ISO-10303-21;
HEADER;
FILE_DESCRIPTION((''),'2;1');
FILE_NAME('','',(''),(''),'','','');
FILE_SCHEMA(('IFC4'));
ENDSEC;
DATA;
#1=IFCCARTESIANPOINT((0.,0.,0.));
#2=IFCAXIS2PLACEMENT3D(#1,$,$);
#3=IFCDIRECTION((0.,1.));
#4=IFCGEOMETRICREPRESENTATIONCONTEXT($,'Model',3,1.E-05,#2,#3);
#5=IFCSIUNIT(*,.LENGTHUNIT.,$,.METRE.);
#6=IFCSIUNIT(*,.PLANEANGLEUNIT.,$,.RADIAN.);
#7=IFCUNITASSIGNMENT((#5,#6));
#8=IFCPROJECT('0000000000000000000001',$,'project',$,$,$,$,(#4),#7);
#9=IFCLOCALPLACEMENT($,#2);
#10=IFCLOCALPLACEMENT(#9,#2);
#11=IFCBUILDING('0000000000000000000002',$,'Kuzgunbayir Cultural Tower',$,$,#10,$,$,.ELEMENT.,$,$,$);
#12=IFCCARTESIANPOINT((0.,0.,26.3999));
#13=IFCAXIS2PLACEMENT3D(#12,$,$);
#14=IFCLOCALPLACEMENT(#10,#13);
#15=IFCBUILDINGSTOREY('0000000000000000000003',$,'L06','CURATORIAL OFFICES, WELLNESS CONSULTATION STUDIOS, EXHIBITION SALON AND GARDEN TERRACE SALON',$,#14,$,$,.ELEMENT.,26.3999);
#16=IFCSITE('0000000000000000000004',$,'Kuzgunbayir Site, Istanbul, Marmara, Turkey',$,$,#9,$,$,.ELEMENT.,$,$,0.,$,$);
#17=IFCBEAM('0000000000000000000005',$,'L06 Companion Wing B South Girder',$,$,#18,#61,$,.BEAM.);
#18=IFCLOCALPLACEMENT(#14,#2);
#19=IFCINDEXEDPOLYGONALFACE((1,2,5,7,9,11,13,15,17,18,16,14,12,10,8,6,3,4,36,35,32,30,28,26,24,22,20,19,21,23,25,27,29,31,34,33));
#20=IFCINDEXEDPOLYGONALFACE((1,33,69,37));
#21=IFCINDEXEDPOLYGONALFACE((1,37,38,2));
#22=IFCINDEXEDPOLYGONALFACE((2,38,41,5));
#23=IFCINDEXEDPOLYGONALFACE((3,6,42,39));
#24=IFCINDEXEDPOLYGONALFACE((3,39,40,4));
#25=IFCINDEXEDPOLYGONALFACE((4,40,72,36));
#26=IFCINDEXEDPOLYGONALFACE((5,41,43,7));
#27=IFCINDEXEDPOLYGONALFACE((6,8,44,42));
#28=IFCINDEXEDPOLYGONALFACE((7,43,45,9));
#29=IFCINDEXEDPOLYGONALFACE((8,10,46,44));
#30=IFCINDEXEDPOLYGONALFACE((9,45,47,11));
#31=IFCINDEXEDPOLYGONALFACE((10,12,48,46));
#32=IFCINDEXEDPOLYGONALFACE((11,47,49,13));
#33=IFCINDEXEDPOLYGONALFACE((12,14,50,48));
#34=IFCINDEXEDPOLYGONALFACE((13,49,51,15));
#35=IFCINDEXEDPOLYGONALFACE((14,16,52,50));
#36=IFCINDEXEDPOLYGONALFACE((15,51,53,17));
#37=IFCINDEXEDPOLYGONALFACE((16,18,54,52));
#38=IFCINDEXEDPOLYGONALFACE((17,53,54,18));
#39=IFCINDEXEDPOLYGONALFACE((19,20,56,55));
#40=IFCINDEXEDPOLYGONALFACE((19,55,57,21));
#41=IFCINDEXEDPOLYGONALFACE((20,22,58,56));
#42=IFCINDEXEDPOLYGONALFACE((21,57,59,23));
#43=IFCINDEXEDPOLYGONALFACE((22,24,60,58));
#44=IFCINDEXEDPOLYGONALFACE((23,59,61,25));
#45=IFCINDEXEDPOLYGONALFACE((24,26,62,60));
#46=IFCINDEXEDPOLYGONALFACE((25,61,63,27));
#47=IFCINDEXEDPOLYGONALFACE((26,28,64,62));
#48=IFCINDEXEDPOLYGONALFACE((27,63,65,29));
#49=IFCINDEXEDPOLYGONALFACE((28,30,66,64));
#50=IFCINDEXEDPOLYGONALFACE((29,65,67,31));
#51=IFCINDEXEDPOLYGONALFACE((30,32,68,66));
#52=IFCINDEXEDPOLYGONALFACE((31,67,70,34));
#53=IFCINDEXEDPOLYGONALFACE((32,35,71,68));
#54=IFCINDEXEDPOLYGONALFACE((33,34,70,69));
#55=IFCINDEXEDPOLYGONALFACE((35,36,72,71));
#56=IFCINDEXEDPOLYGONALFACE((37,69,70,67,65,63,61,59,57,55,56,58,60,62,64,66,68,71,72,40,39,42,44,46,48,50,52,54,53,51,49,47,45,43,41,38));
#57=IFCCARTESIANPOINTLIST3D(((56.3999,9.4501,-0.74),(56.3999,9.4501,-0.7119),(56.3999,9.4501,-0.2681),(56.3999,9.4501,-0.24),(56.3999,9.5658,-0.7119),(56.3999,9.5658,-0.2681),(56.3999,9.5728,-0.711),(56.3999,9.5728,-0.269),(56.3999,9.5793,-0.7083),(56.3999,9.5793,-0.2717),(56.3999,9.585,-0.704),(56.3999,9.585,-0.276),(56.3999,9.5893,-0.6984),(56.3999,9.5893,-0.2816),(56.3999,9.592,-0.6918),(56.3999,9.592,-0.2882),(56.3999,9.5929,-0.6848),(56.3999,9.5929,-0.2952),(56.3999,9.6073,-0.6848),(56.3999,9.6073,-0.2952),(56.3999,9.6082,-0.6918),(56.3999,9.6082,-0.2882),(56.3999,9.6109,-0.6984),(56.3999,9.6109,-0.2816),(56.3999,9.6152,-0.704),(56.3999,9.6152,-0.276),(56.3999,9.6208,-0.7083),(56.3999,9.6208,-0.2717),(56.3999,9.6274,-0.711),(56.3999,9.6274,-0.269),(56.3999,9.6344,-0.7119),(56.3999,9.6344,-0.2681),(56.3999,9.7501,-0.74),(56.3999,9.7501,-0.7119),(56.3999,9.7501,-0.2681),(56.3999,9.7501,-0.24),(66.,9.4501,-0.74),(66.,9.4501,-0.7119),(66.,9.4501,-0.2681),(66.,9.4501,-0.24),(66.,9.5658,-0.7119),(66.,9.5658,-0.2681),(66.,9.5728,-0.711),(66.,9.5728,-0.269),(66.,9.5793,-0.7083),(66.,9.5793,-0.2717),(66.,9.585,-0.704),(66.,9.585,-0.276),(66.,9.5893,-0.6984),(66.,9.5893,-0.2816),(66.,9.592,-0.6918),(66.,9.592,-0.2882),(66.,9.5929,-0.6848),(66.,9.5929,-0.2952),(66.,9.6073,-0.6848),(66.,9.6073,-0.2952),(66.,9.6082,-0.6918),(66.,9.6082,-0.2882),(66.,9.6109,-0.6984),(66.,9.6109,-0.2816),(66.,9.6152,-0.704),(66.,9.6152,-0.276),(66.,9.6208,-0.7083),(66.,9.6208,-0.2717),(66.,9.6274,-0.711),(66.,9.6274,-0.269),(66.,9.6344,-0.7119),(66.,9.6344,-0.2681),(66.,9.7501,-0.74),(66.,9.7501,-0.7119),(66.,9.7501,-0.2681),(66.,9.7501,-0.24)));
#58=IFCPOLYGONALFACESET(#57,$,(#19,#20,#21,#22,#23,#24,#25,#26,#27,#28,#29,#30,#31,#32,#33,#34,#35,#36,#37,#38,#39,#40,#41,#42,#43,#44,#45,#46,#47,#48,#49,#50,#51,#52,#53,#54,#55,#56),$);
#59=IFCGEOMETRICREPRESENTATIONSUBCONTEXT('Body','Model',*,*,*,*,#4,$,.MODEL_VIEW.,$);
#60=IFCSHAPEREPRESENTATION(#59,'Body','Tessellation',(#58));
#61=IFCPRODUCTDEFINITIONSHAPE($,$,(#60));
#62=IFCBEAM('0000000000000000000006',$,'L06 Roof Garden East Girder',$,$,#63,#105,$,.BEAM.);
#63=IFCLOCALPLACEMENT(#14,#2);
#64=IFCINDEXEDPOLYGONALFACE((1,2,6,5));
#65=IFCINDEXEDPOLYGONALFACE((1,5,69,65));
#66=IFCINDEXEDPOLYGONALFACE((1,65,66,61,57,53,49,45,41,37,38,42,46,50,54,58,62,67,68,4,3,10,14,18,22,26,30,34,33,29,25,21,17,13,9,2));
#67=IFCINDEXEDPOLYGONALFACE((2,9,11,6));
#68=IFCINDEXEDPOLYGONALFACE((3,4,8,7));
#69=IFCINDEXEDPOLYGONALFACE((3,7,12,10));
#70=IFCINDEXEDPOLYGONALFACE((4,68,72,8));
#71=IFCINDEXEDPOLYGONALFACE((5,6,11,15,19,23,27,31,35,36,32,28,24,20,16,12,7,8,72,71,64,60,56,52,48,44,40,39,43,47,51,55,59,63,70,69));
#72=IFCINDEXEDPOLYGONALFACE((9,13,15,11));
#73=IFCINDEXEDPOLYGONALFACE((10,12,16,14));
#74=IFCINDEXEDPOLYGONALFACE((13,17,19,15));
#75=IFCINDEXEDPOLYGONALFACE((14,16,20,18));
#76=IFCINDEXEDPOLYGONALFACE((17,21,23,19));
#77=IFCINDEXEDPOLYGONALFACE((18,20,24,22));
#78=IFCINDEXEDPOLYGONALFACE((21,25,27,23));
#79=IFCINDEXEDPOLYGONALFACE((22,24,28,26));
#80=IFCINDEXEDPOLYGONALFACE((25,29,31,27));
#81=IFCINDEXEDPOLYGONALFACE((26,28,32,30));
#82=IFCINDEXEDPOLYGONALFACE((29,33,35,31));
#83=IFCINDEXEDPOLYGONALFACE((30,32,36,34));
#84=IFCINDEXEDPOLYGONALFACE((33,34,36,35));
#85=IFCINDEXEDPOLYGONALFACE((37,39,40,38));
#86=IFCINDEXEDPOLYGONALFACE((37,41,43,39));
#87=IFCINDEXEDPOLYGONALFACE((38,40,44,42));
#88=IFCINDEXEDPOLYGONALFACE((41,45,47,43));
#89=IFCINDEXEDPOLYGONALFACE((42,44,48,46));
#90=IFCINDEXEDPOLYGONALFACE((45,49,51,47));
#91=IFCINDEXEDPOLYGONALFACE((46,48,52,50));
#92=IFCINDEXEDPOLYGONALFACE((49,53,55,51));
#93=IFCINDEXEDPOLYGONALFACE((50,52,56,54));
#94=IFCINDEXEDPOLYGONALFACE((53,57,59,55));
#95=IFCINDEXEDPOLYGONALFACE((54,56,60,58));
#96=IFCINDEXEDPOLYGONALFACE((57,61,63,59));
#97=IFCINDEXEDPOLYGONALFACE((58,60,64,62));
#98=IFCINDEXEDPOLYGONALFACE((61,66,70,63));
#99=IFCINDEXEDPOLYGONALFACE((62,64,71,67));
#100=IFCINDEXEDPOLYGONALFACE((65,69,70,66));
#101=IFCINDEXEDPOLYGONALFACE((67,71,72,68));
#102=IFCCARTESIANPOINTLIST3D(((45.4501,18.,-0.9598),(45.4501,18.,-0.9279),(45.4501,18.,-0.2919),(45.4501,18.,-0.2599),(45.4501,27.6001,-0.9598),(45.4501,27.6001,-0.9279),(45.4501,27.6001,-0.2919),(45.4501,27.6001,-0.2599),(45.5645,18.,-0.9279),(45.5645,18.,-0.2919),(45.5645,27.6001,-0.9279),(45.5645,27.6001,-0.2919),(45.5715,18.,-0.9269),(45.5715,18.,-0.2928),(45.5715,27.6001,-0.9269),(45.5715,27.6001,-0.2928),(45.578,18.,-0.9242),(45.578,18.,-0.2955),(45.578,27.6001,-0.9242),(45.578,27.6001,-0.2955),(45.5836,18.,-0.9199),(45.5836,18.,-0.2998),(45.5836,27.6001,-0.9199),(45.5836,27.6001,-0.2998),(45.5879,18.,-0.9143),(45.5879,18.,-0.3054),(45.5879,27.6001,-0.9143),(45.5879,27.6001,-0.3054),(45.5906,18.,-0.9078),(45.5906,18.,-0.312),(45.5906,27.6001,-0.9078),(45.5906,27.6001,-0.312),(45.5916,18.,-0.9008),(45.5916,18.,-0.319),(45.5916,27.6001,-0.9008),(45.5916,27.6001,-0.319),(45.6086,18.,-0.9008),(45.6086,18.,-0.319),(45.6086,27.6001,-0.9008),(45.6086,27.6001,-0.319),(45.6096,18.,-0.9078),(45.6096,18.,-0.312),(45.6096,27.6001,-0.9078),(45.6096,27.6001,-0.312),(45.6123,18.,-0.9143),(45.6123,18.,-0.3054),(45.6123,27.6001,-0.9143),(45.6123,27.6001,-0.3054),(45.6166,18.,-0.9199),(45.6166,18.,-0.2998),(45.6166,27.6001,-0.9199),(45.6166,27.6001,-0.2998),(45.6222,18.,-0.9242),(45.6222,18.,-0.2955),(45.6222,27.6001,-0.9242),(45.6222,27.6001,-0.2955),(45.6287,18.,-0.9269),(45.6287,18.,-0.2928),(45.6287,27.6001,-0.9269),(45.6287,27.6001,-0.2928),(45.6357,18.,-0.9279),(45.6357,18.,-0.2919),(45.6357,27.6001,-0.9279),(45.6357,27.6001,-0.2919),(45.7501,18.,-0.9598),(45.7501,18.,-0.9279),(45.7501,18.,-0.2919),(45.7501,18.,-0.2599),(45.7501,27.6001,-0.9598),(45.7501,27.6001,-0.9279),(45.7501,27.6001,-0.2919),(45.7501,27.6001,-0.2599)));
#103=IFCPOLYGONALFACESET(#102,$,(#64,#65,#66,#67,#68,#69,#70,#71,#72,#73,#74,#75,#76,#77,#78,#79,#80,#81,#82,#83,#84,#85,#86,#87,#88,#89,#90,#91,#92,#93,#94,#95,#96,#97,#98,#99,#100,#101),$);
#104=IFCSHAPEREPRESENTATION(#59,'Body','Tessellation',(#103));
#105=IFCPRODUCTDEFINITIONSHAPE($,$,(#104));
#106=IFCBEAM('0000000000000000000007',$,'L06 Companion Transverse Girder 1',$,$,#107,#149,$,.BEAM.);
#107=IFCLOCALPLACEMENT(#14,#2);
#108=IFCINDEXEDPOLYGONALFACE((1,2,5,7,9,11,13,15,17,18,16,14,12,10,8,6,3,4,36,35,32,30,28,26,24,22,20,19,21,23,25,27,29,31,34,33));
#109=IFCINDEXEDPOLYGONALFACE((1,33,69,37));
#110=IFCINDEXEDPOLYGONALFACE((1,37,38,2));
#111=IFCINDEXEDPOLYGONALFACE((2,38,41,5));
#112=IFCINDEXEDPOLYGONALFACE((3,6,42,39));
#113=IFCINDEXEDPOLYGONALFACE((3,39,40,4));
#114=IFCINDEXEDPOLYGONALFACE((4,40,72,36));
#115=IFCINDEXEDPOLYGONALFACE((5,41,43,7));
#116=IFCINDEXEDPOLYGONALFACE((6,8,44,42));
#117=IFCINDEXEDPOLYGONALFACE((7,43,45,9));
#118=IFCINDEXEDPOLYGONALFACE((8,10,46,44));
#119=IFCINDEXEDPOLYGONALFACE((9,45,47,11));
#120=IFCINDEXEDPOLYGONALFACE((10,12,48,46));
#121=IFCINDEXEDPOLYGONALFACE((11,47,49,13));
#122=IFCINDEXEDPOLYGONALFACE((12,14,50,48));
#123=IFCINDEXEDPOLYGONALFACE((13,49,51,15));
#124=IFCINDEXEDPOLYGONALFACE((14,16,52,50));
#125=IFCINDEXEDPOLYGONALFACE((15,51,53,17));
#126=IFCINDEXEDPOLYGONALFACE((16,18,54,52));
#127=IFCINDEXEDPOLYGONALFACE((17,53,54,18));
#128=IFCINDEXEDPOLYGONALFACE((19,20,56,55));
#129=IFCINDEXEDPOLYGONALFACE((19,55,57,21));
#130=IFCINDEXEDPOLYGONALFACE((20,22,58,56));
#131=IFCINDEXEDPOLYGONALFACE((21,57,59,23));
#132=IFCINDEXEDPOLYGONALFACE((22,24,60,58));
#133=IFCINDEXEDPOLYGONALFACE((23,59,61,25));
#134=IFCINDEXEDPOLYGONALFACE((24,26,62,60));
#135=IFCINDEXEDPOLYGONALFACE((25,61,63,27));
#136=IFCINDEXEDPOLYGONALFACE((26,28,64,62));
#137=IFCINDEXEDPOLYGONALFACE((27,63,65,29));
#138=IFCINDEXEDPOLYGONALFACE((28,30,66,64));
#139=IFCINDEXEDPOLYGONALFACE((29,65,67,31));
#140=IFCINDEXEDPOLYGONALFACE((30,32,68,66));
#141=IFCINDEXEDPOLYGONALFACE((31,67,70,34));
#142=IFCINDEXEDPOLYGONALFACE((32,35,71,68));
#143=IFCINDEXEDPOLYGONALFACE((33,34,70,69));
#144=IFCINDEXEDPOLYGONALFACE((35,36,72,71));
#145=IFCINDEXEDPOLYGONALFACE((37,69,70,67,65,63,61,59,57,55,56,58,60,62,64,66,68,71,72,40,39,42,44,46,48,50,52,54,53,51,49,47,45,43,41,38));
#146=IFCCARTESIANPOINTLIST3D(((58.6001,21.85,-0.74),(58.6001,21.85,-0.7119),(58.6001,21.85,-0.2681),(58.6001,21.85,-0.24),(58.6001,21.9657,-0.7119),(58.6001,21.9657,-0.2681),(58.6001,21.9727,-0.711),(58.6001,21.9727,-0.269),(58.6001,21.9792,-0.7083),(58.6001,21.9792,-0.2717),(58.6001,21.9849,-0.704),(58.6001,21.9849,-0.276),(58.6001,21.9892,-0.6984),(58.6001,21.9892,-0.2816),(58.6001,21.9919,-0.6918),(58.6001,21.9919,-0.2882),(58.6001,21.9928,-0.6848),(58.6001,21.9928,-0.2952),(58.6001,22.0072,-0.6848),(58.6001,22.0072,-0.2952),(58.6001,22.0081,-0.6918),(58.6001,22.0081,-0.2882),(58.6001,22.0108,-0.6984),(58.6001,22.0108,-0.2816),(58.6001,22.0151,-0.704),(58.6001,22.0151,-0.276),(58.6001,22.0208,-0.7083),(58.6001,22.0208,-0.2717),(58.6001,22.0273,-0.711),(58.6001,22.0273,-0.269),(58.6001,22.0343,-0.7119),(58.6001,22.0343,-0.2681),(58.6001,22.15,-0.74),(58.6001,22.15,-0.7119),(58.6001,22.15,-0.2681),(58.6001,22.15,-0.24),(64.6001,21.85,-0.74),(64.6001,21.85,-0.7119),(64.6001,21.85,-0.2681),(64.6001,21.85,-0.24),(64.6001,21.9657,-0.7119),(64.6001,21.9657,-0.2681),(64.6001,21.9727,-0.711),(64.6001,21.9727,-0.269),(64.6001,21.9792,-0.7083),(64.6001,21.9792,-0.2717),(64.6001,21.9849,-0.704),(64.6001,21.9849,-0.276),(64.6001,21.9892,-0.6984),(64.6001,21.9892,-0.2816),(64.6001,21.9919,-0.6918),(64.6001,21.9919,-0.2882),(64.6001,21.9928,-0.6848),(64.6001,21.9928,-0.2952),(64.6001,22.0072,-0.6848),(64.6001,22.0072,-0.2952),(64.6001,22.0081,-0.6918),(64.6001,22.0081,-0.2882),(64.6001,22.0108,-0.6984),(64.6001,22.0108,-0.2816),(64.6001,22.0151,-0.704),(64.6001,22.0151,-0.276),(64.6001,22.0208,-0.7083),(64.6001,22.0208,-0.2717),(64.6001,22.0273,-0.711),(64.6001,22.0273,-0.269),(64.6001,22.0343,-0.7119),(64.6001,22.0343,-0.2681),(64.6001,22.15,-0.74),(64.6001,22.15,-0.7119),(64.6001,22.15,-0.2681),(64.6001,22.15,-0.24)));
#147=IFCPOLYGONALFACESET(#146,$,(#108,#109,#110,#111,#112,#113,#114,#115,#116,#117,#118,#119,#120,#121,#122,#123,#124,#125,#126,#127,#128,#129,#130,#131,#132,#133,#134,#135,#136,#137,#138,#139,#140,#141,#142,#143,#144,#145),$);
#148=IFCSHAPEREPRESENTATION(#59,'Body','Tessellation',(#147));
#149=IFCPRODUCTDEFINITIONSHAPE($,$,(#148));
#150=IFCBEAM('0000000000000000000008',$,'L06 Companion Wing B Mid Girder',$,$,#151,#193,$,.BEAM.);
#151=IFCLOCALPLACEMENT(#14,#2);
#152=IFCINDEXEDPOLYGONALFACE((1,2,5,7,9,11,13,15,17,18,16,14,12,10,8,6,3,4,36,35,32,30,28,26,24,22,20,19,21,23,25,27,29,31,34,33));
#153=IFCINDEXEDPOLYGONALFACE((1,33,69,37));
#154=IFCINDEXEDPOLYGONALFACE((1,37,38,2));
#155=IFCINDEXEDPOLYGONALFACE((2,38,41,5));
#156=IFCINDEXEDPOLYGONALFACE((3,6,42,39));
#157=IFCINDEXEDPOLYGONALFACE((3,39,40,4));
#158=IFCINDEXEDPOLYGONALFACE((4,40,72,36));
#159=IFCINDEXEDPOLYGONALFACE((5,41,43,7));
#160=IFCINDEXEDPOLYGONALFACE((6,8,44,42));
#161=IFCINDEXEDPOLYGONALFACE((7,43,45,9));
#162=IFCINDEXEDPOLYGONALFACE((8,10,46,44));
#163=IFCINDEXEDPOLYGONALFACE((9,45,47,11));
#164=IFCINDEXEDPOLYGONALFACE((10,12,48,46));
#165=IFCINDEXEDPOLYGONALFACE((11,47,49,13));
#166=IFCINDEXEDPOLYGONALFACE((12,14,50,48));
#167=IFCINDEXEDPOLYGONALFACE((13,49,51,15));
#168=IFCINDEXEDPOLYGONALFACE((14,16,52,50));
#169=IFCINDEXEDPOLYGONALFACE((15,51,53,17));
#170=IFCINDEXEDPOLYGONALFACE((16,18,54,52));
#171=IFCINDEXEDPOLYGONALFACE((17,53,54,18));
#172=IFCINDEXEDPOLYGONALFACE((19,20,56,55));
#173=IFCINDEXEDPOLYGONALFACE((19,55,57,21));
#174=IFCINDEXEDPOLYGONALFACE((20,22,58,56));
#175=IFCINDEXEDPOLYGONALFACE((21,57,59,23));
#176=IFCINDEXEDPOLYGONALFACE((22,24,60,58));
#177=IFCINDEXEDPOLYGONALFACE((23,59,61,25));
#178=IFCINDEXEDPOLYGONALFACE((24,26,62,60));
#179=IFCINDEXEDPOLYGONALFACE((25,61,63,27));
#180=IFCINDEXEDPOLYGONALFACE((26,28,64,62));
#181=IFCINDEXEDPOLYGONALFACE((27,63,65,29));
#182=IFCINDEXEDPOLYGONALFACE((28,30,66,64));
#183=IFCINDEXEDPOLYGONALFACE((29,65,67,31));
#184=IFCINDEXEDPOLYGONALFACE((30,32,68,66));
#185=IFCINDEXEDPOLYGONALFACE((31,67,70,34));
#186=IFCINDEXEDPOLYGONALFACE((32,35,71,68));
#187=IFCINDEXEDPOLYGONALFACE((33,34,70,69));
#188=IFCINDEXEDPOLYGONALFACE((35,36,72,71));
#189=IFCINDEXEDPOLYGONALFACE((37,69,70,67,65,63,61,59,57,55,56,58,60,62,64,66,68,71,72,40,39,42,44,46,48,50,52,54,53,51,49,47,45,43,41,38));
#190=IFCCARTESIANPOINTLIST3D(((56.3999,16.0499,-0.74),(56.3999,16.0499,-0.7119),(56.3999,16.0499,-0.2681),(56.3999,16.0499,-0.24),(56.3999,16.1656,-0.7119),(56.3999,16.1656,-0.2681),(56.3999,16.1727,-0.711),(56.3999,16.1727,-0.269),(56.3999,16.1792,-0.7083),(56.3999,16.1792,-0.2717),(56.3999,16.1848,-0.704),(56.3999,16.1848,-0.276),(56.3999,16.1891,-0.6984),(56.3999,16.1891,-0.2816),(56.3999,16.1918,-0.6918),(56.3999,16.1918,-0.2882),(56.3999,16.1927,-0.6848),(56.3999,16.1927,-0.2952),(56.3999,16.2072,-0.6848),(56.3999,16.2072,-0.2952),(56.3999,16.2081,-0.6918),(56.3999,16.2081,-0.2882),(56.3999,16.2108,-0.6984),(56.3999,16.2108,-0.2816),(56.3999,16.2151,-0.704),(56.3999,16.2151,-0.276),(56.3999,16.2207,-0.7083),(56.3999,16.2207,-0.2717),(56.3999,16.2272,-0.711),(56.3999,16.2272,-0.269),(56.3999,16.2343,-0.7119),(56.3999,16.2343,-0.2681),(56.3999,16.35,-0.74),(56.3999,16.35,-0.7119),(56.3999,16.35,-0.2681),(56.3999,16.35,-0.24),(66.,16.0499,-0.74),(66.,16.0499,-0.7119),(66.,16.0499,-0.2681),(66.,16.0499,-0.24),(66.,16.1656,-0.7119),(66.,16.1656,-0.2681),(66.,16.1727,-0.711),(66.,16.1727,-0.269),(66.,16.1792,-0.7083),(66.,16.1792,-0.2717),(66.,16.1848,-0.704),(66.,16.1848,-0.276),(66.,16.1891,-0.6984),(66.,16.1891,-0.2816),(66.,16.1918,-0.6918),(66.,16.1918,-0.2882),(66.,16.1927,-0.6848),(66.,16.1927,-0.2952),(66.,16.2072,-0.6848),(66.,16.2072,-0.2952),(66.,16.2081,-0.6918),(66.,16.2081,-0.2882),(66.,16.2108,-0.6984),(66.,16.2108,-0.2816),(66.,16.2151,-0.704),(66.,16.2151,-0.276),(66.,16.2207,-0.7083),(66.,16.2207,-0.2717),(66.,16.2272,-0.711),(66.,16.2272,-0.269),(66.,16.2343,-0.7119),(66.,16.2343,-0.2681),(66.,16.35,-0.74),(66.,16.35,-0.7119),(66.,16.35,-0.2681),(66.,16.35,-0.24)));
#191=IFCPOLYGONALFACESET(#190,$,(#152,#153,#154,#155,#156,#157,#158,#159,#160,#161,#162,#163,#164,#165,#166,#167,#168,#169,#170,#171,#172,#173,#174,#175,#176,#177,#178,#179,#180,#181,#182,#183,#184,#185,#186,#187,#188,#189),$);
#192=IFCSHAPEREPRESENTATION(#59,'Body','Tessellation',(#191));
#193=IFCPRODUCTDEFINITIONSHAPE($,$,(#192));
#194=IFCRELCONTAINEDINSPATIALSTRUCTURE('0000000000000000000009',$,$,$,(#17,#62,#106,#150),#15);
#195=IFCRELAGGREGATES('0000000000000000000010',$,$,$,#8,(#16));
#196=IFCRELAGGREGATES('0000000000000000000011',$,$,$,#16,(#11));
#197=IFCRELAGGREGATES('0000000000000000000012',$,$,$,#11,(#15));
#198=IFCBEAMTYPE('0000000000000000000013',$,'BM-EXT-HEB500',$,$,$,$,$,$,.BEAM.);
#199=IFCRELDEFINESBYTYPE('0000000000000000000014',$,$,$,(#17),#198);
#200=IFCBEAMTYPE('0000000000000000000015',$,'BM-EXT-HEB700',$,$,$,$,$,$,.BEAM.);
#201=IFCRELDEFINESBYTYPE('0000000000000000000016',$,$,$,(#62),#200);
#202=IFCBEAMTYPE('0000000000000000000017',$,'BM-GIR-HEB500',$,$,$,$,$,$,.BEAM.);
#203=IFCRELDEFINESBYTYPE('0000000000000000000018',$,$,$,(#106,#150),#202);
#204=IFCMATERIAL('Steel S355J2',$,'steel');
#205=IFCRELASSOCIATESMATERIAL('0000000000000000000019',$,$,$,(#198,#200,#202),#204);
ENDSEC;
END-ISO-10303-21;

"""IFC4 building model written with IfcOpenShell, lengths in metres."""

from ifc_helpers import new_model, si_unit, direction, frame, origin, origin_2d, place, context, subcontext, project, spatial, i_section, extrude, material, material_profile, profile_set, type_object, element, save


model = new_model("IFC4")

# Units and contexts
model_context = context("Model", 3, precision=1e-05, world=origin(), true_north=direction((0.0, 1.0)))
body_context = subcontext(model_context, "Body", "Model", "MODEL_VIEW")
ifc_project = project(units=[si_unit("LENGTHUNIT", "METRE"), si_unit("PLANEANGLEUNIT", "RADIAN")], contexts=[model_context])

# Site, building, storey
site_placement = place(None, origin())
site = spatial("IfcSite", under=ifc_project, at=site_placement, Name="Kuzgunbayir Site, Istanbul, Marmara, Turkey", CompositionType="ELEMENT", RefElevation=0.0)
building_placement = place(site_placement, origin())
building = spatial("IfcBuilding", under=site, at=building_placement, Name="Kuzgunbayir Cultural Tower", CompositionType="ELEMENT")
storey_placement = place(building_placement, frame((0.0, 0.0, 26.3999)))
storey = spatial("IfcBuildingStorey", under=building, at=storey_placement, Name="L06", Description="CURATORIAL OFFICES, WELLNESS CONSULTATION STUDIOS, EXHIBITION SALON AND GARDEN TERRACE SALON", CompositionType="ELEMENT", Elevation=26.3999)

# Beams
ifc_material_1 = material(Name="Steel S355J2", Category="steel")
ifc_material_profile_1 = material_profile(ifc_material_1, i_section(OverallWidth=0.3, OverallDepth=0.5, WebThickness=0.0144, FlangeThickness=0.0281, FilletRadius=0.0271, at=origin_2d()), Name="HEB 500")
ifc_profile_set_1 = profile_set([ifc_material_profile_1], Name="Steel S355J2")
beam_type_1 = type_object("IfcBeamType", Name="BM-EXT-HEB500", PredefinedType="BEAM", material=ifc_profile_set_1)
beam_1_placement = place(storey_placement, frame((56.3999, 9.6001, -0.49), z_axis=(1.0, 0.0, 0.0), x_axis=(0.0, 1.0, 0.0)))
element("IfcBeam", 1, at=beam_1_placement, inside=storey, type_object=beam_type_1, Name="L06 Companion Wing B South Girder", PredefinedType="BEAM", context=body_context, shape_type="SweptSolid", body=[
    extrude(i_section(OverallWidth=0.3, OverallDepth=0.5, WebThickness=0.0144, FlangeThickness=0.0281, FilletRadius=0.0271, at=origin_2d()), origin(), (0.0, 0.0, 1.0), 9.6001),
])
ifc_material_profile_2 = material_profile(ifc_material_1, i_section(OverallWidth=0.3, OverallDepth=0.7, WebThickness=0.0171, FlangeThickness=0.032, FilletRadius=0.0271, at=origin_2d()), Name="HEB 700")
ifc_profile_set_2 = profile_set([ifc_material_profile_2], Name="Steel S355J2")
beam_type_2 = type_object("IfcBeamType", Name="BM-EXT-HEB700", PredefinedType="BEAM", material=ifc_profile_set_2)
beam_2_placement = place(storey_placement, frame((45.6001, 18.0, -0.6099), z_axis=(0.0, 1.0, 0.0), x_axis=(-1.0, 0.0, 0.0)))
element("IfcBeam", 2, at=beam_2_placement, inside=storey, type_object=beam_type_2, Name="L06 Roof Garden East Girder", PredefinedType="BEAM", context=body_context, shape_type="SweptSolid", body=[
    extrude(i_section(OverallWidth=0.3, OverallDepth=0.7, WebThickness=0.0171, FlangeThickness=0.032, FilletRadius=0.0271, at=origin_2d()), origin(), (0.0, 0.0, 1.0), 9.6001),
])
ifc_material_profile_3 = material_profile(ifc_material_1, i_section(OverallWidth=0.3, OverallDepth=0.5, WebThickness=0.0144, FlangeThickness=0.0281, FilletRadius=0.0271, at=origin_2d()), Name="HEB 500")
ifc_profile_set_3 = profile_set([ifc_material_profile_3], Name="Steel S355J2")
beam_type_3 = type_object("IfcBeamType", Name="BM-GIR-HEB500", PredefinedType="BEAM", material=ifc_profile_set_3)
beam_3_placement = place(storey_placement, frame((58.6001, 22.0, -0.49), z_axis=(1.0, 0.0, 0.0), x_axis=(0.0, 1.0, 0.0)))
element("IfcBeam", 3, at=beam_3_placement, inside=storey, type_object=beam_type_3, Name="L06 Companion Transverse Girder 1", PredefinedType="BEAM", context=body_context, shape_type="SweptSolid", body=[
    extrude(i_section(OverallWidth=0.3, OverallDepth=0.5, WebThickness=0.0144, FlangeThickness=0.0281, FilletRadius=0.0271, at=origin_2d()), origin(), (0.0, 0.0, 1.0), 6.0),
])
beam_4_placement = place(storey_placement, frame((56.3999, 16.2, -0.49), z_axis=(1.0, 0.0, 0.0), x_axis=(0.0, 1.0, 0.0)))
element("IfcBeam", 4, at=beam_4_placement, inside=storey, type_object=beam_type_3, Name="L06 Companion Wing B Mid Girder", PredefinedType="BEAM", context=body_context, shape_type="SweptSolid", body=[
    extrude(i_section(OverallWidth=0.3, OverallDepth=0.5, WebThickness=0.0144, FlangeThickness=0.0281, FilletRadius=0.0271, at=origin_2d()), origin(), (0.0, 0.0, 1.0), 9.6001),
])

save(model, "model.ifc")
